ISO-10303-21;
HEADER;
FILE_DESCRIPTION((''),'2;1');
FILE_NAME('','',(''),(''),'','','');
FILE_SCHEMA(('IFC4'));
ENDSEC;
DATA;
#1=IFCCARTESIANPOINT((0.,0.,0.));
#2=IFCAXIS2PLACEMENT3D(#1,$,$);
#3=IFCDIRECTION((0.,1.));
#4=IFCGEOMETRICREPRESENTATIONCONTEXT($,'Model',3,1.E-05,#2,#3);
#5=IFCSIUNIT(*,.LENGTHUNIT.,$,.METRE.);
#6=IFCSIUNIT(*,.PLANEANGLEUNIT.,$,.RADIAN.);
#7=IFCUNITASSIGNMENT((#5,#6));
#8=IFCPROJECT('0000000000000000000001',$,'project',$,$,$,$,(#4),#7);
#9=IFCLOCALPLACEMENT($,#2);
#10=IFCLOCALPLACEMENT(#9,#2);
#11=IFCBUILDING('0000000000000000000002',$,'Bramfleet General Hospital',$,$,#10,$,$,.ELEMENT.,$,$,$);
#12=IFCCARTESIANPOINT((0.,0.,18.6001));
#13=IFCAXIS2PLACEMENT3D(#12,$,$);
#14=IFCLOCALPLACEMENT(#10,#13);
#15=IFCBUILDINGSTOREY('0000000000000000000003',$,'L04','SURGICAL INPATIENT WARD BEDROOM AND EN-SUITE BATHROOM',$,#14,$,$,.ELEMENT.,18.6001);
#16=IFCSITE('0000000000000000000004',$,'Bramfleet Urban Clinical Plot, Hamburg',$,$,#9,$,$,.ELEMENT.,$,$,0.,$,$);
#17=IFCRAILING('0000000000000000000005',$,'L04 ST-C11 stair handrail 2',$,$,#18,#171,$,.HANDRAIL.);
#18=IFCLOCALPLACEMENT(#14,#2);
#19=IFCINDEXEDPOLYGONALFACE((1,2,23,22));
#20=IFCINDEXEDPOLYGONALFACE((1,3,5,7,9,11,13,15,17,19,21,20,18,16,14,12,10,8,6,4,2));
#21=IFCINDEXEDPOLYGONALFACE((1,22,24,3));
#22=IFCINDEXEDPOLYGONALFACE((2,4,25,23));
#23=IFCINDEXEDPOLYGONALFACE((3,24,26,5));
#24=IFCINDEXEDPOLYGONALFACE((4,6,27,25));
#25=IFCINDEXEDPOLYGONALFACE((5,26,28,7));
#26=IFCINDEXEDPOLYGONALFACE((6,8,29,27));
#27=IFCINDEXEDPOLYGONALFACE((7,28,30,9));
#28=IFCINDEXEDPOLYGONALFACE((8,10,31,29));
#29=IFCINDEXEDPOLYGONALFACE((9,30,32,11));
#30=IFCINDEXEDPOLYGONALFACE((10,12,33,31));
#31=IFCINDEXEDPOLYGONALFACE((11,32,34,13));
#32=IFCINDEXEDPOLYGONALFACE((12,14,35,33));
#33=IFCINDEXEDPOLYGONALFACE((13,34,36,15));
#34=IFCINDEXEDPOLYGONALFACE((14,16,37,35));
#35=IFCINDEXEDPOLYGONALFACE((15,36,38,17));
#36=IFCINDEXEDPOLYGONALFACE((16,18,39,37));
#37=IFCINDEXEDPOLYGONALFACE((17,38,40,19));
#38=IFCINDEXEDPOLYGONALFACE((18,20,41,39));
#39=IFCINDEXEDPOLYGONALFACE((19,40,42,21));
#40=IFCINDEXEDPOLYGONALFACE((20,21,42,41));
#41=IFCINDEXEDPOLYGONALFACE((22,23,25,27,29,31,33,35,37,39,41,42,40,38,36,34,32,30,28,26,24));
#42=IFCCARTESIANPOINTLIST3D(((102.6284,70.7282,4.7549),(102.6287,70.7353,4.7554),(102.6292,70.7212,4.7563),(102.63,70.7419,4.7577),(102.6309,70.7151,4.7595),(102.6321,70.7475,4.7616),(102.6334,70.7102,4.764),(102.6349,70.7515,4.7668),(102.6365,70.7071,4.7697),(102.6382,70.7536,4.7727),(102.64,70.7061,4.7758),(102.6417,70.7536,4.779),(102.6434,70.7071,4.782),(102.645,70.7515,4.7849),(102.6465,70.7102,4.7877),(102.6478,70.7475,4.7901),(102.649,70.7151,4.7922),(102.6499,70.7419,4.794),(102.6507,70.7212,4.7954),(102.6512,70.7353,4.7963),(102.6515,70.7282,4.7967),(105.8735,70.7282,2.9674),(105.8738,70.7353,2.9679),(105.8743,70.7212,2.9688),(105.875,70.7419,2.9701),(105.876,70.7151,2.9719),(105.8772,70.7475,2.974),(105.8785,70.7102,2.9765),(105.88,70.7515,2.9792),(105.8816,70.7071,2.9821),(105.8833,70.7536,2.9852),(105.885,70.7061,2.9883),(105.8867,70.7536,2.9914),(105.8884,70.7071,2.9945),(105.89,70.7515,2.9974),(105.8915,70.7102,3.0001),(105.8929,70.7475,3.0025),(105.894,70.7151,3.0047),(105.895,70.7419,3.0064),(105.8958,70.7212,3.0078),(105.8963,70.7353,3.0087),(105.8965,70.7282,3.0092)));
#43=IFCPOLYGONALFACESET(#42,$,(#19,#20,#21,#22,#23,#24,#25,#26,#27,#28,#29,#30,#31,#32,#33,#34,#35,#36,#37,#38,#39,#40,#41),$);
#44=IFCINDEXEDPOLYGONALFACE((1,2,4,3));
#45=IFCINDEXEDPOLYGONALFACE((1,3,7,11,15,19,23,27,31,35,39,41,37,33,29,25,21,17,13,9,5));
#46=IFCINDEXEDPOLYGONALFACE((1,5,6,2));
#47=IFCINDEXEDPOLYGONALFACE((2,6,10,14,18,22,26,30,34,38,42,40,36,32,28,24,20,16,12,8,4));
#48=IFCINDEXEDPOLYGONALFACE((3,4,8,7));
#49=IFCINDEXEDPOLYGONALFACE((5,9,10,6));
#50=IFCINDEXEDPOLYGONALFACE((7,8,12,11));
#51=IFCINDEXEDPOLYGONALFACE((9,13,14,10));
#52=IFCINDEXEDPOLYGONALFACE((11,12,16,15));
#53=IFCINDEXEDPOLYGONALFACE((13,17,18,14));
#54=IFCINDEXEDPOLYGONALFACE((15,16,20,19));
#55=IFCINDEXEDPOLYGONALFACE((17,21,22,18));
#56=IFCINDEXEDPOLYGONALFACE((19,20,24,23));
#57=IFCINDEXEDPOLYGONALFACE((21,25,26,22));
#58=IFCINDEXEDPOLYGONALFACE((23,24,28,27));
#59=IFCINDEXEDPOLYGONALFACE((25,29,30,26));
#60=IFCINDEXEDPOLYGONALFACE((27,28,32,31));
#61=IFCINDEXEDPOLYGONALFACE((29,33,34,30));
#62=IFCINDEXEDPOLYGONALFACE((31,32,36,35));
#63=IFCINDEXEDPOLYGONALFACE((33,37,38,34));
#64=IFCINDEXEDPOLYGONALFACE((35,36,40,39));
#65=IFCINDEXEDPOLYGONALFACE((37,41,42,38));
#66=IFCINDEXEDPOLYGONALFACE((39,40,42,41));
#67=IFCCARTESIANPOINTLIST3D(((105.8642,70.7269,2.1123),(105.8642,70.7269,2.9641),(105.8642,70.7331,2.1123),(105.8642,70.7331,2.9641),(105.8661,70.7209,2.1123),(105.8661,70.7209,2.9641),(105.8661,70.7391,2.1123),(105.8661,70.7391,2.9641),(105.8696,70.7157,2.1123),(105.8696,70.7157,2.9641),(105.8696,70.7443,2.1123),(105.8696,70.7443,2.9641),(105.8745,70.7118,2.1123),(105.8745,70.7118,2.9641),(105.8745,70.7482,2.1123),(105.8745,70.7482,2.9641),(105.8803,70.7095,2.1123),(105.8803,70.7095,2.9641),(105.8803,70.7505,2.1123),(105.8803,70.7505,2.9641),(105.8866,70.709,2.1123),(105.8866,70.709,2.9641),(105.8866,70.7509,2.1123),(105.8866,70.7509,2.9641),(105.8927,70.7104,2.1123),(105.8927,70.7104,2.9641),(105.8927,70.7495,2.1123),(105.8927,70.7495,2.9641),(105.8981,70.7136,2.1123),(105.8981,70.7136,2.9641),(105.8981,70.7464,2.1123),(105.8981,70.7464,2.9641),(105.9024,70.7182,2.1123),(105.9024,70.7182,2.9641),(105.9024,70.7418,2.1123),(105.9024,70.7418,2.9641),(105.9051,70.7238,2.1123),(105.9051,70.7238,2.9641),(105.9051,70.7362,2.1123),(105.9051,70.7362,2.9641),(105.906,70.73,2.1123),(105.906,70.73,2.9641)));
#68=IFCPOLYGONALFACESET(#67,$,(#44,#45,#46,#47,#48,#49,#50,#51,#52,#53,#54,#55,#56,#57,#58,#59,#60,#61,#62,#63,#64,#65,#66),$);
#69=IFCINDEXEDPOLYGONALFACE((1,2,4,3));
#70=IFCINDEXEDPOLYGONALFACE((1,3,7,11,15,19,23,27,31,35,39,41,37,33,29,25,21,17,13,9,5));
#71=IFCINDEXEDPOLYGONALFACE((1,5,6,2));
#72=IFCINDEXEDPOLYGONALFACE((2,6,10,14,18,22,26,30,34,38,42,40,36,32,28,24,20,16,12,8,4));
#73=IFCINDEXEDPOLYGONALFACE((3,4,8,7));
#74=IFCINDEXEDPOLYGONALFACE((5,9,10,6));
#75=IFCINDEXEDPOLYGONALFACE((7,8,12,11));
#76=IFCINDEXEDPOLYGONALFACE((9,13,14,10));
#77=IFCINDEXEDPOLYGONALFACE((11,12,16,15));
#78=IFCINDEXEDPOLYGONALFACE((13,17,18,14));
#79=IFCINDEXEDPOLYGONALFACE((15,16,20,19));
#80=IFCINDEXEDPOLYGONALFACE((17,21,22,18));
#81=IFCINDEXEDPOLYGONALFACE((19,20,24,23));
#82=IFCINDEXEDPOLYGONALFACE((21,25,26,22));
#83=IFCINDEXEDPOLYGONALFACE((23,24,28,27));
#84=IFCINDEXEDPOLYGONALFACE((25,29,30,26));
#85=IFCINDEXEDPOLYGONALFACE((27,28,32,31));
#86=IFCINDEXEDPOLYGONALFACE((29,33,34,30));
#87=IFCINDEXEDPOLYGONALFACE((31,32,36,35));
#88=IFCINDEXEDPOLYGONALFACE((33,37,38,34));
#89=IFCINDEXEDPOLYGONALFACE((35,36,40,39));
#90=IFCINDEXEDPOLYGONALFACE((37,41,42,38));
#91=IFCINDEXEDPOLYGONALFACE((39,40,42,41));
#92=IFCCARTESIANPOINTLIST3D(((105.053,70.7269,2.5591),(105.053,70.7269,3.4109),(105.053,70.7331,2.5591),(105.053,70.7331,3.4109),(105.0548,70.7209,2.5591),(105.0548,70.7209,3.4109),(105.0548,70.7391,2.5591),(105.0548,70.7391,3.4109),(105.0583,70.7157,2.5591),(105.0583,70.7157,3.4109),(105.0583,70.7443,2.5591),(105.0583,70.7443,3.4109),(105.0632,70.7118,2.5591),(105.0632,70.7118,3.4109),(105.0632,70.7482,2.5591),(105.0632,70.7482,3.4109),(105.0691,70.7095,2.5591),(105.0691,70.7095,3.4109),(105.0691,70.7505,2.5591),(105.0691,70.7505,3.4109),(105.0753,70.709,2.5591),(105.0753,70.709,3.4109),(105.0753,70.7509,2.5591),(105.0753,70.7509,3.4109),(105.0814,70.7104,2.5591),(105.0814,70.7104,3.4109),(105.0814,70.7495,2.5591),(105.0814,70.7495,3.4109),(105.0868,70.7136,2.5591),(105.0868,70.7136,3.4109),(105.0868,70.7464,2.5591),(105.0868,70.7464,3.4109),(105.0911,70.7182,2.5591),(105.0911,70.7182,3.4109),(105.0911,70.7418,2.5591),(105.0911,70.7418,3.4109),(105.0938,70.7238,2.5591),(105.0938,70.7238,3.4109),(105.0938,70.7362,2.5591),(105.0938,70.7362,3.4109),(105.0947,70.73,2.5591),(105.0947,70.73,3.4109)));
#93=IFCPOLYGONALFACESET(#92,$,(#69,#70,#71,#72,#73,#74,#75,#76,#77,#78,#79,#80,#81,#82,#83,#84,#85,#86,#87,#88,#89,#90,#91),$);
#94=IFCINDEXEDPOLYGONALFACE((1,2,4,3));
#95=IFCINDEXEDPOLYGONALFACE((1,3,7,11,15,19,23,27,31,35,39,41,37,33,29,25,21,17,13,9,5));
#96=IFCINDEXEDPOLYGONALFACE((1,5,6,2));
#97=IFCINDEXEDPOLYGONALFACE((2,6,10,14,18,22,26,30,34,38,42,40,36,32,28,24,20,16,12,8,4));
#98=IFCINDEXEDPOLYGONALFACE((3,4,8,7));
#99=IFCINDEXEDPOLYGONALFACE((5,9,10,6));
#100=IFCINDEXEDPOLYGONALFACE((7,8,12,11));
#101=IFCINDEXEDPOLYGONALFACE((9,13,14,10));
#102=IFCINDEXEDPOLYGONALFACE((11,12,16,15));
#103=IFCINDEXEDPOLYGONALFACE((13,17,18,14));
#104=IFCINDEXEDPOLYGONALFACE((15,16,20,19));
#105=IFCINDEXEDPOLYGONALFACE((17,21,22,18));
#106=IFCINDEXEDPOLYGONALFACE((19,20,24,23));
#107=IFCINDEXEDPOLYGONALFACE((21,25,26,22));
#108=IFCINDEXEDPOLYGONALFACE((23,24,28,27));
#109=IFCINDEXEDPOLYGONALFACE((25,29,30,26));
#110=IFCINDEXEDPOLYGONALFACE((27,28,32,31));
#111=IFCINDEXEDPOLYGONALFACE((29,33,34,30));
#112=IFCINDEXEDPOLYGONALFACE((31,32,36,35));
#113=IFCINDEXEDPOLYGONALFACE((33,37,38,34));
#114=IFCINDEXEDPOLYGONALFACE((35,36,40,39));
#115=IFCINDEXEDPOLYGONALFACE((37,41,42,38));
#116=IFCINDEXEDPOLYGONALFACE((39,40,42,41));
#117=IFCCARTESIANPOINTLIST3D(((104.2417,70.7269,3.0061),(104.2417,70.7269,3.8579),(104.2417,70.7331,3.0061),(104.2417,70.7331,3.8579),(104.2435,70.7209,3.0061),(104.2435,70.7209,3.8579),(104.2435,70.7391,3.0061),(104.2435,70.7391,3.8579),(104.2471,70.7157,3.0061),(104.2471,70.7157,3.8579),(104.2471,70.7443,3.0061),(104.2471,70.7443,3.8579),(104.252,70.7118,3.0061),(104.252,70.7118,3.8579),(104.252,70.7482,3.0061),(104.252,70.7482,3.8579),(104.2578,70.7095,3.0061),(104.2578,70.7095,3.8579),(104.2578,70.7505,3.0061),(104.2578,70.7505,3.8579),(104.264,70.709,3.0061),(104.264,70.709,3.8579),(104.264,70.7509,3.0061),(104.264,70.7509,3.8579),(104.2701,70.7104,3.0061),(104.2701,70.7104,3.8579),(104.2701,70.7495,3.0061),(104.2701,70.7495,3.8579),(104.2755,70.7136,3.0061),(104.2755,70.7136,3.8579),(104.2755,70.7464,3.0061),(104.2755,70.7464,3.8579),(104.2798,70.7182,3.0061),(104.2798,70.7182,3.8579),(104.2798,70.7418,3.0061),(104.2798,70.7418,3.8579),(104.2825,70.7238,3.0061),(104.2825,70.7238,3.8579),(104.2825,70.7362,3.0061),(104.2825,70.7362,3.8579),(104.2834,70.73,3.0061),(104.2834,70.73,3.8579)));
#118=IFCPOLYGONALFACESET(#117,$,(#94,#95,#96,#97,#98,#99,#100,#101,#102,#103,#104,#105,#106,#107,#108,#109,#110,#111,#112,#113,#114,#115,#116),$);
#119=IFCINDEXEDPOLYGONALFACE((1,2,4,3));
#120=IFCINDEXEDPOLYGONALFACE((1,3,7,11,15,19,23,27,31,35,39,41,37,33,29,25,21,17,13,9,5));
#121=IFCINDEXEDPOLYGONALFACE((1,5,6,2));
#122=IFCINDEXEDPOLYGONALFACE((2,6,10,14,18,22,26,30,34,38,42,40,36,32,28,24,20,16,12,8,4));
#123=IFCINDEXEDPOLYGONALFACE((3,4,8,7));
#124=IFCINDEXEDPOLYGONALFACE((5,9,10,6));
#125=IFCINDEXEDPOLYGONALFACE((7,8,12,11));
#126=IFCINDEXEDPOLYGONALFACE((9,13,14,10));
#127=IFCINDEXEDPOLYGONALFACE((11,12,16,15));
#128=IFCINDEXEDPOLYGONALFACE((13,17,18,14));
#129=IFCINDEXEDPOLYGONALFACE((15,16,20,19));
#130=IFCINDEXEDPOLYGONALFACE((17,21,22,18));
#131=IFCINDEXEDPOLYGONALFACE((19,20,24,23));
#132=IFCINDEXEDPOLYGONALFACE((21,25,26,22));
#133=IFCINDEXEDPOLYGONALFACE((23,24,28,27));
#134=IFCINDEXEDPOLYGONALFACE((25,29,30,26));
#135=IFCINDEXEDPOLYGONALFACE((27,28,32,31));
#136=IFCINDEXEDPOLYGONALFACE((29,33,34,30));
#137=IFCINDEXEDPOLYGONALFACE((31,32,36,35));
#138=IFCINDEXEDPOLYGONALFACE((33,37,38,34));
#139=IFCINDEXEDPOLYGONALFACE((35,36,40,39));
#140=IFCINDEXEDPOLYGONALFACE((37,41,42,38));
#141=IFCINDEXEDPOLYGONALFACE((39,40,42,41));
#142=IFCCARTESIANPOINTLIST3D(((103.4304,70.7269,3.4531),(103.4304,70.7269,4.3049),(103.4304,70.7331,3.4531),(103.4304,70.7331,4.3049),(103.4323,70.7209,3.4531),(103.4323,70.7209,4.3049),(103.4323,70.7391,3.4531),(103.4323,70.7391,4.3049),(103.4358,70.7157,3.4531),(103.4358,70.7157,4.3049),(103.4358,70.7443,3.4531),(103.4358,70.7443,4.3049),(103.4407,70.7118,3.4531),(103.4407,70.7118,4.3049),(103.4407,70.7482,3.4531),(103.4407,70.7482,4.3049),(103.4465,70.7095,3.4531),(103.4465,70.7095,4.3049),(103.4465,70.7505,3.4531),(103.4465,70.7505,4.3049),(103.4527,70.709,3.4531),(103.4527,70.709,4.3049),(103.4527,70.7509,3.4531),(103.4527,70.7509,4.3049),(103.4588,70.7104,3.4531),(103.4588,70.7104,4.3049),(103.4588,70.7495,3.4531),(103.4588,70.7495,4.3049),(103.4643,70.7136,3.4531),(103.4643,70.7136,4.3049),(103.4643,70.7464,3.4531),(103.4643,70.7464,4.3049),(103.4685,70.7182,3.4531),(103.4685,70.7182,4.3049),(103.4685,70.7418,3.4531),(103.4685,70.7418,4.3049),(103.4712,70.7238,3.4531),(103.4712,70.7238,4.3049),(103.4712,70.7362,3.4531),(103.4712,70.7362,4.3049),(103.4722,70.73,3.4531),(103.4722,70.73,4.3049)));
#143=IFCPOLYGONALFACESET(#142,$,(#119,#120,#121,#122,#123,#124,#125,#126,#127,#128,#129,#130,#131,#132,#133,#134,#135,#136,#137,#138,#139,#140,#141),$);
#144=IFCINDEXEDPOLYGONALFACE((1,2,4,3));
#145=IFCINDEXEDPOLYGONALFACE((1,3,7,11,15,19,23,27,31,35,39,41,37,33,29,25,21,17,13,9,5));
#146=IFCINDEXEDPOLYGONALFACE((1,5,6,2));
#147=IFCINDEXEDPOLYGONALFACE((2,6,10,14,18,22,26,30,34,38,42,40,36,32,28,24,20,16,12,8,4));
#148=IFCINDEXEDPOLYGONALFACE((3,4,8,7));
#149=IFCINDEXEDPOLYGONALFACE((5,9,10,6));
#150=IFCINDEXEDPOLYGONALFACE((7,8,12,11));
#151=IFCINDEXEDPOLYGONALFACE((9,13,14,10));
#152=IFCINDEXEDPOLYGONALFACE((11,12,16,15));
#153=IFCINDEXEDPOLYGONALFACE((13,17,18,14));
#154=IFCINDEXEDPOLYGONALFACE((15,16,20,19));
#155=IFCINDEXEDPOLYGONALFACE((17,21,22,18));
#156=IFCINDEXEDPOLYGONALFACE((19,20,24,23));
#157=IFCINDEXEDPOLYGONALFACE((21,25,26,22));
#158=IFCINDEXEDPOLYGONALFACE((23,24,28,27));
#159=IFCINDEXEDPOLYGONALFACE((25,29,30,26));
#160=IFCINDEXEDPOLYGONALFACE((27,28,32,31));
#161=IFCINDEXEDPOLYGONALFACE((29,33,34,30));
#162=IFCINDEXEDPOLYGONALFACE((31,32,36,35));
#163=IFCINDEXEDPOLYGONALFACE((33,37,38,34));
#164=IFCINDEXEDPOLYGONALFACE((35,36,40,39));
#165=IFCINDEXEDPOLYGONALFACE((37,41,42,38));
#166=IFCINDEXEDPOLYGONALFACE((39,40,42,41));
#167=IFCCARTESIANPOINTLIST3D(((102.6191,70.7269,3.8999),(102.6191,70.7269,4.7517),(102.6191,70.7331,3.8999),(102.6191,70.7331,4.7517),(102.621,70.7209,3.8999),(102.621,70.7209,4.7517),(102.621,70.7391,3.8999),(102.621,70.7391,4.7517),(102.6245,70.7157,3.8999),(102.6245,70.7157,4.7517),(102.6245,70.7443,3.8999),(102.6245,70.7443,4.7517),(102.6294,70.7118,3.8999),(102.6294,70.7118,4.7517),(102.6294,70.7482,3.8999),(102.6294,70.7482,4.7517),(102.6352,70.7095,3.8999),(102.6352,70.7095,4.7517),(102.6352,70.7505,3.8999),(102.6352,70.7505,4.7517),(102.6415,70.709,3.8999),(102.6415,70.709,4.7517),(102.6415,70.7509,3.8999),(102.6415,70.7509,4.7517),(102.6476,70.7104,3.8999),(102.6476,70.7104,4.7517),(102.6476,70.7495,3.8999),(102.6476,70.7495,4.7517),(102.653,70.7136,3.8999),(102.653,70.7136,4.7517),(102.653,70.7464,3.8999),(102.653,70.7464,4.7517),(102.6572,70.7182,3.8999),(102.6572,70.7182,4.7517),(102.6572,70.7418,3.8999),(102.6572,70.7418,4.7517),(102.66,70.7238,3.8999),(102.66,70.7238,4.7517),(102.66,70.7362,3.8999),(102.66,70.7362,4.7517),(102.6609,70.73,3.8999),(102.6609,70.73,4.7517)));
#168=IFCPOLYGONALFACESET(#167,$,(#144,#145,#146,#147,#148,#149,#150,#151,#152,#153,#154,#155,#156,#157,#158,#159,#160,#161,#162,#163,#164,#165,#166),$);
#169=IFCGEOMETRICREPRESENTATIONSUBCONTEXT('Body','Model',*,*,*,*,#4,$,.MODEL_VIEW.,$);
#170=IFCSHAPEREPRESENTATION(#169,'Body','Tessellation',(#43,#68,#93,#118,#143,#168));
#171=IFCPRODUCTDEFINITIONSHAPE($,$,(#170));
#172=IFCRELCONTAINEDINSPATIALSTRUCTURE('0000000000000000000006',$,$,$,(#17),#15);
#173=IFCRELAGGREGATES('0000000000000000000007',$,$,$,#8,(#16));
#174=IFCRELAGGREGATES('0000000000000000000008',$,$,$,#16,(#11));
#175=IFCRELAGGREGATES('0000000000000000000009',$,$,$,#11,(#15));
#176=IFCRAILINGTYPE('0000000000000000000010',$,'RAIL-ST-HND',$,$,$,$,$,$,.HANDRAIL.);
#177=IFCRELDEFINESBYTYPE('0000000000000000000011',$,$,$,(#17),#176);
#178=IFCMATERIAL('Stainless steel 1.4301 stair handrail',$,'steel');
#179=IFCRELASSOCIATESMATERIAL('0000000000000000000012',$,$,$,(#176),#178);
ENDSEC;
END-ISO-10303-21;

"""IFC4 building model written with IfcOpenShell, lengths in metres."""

from ifc_helpers import new_model, si_unit, direction, frame, origin, origin_2d, place, context, subcontext, project, spatial, circle, extrude, material, type_object, element, save


model = new_model("IFC4")

# Units and contexts
model_context = context("Model", 3, precision=1e-05, world=origin(), true_north=direction((0.0, 1.0)))
body_context = subcontext(model_context, "Body", "Model", "MODEL_VIEW")
ifc_project = project(units=[si_unit("LENGTHUNIT", "METRE"), si_unit("PLANEANGLEUNIT", "RADIAN")], contexts=[model_context])

# Site, building, storey
site_placement = place(None, origin())
site = spatial("IfcSite", under=ifc_project, at=site_placement, Name="Bramfleet Urban Clinical Plot, Hamburg", CompositionType="ELEMENT", RefElevation=0.0)
building_placement = place(site_placement, origin())
building = spatial("IfcBuilding", under=site, at=building_placement, Name="Bramfleet General Hospital", CompositionType="ELEMENT")
storey_placement = place(building_placement, frame((0.0, 0.0, 18.6001)))
storey = spatial("IfcBuildingStorey", under=building, at=storey_placement, Name="L04", Description="SURGICAL INPATIENT WARD BEDROOM AND EN-SUITE BATHROOM", CompositionType="ELEMENT", Elevation=18.6001)

# Railing
ifc_material_1 = material(Name="Stainless steel 1.4301 stair handrail", Category="steel")
railing_type_1 = type_object("IfcRailingType", Name="RAIL-ST-HND", PredefinedType="HANDRAIL", material=ifc_material_1)
railing_1_placement = place(storey_placement, frame((105.885, 70.73, 2.1123)))
element("IfcRailing", 1, at=railing_1_placement, inside=storey, type_object=railing_type_1, Name="L04 ST-C11 stair handrail 2", PredefinedType="HANDRAIL", context=body_context, shape_type="SweptSolid", body=[
    extrude(circle(Radius=0.0239, at=origin_2d()), frame((0.0, 0.0, 0.876), z_axis=(-0.875899, 0.0, 0.482495), x_axis=(0.0, -1.0, 0.0)), (0.0, 0.0, 1.0), 3.7048),
    extrude(circle(Radius=0.021, at=origin_2d()), origin(), (0.0, 0.0, 1.0), 0.8518),
    extrude(circle(Radius=0.021, at=origin_2d()), frame((-0.8113, 0.0, 0.4468)), (0.0, 0.0, 1.0), 0.8518),
    extrude(circle(Radius=0.021, at=origin_2d()), frame((-1.6226, 0.0, 0.8938)), (0.0, 0.0, 1.0), 0.8518),
    extrude(circle(Radius=0.021, at=origin_2d()), frame((-2.4338, 0.0, 1.3408)), (0.0, 0.0, 1.0), 0.8518),
    extrude(circle(Radius=0.021, at=origin_2d()), frame((-3.2451, 0.0, 1.7876)), (0.0, 0.0, 1.0), 0.8518),
])

save(model, "model.ifc")
